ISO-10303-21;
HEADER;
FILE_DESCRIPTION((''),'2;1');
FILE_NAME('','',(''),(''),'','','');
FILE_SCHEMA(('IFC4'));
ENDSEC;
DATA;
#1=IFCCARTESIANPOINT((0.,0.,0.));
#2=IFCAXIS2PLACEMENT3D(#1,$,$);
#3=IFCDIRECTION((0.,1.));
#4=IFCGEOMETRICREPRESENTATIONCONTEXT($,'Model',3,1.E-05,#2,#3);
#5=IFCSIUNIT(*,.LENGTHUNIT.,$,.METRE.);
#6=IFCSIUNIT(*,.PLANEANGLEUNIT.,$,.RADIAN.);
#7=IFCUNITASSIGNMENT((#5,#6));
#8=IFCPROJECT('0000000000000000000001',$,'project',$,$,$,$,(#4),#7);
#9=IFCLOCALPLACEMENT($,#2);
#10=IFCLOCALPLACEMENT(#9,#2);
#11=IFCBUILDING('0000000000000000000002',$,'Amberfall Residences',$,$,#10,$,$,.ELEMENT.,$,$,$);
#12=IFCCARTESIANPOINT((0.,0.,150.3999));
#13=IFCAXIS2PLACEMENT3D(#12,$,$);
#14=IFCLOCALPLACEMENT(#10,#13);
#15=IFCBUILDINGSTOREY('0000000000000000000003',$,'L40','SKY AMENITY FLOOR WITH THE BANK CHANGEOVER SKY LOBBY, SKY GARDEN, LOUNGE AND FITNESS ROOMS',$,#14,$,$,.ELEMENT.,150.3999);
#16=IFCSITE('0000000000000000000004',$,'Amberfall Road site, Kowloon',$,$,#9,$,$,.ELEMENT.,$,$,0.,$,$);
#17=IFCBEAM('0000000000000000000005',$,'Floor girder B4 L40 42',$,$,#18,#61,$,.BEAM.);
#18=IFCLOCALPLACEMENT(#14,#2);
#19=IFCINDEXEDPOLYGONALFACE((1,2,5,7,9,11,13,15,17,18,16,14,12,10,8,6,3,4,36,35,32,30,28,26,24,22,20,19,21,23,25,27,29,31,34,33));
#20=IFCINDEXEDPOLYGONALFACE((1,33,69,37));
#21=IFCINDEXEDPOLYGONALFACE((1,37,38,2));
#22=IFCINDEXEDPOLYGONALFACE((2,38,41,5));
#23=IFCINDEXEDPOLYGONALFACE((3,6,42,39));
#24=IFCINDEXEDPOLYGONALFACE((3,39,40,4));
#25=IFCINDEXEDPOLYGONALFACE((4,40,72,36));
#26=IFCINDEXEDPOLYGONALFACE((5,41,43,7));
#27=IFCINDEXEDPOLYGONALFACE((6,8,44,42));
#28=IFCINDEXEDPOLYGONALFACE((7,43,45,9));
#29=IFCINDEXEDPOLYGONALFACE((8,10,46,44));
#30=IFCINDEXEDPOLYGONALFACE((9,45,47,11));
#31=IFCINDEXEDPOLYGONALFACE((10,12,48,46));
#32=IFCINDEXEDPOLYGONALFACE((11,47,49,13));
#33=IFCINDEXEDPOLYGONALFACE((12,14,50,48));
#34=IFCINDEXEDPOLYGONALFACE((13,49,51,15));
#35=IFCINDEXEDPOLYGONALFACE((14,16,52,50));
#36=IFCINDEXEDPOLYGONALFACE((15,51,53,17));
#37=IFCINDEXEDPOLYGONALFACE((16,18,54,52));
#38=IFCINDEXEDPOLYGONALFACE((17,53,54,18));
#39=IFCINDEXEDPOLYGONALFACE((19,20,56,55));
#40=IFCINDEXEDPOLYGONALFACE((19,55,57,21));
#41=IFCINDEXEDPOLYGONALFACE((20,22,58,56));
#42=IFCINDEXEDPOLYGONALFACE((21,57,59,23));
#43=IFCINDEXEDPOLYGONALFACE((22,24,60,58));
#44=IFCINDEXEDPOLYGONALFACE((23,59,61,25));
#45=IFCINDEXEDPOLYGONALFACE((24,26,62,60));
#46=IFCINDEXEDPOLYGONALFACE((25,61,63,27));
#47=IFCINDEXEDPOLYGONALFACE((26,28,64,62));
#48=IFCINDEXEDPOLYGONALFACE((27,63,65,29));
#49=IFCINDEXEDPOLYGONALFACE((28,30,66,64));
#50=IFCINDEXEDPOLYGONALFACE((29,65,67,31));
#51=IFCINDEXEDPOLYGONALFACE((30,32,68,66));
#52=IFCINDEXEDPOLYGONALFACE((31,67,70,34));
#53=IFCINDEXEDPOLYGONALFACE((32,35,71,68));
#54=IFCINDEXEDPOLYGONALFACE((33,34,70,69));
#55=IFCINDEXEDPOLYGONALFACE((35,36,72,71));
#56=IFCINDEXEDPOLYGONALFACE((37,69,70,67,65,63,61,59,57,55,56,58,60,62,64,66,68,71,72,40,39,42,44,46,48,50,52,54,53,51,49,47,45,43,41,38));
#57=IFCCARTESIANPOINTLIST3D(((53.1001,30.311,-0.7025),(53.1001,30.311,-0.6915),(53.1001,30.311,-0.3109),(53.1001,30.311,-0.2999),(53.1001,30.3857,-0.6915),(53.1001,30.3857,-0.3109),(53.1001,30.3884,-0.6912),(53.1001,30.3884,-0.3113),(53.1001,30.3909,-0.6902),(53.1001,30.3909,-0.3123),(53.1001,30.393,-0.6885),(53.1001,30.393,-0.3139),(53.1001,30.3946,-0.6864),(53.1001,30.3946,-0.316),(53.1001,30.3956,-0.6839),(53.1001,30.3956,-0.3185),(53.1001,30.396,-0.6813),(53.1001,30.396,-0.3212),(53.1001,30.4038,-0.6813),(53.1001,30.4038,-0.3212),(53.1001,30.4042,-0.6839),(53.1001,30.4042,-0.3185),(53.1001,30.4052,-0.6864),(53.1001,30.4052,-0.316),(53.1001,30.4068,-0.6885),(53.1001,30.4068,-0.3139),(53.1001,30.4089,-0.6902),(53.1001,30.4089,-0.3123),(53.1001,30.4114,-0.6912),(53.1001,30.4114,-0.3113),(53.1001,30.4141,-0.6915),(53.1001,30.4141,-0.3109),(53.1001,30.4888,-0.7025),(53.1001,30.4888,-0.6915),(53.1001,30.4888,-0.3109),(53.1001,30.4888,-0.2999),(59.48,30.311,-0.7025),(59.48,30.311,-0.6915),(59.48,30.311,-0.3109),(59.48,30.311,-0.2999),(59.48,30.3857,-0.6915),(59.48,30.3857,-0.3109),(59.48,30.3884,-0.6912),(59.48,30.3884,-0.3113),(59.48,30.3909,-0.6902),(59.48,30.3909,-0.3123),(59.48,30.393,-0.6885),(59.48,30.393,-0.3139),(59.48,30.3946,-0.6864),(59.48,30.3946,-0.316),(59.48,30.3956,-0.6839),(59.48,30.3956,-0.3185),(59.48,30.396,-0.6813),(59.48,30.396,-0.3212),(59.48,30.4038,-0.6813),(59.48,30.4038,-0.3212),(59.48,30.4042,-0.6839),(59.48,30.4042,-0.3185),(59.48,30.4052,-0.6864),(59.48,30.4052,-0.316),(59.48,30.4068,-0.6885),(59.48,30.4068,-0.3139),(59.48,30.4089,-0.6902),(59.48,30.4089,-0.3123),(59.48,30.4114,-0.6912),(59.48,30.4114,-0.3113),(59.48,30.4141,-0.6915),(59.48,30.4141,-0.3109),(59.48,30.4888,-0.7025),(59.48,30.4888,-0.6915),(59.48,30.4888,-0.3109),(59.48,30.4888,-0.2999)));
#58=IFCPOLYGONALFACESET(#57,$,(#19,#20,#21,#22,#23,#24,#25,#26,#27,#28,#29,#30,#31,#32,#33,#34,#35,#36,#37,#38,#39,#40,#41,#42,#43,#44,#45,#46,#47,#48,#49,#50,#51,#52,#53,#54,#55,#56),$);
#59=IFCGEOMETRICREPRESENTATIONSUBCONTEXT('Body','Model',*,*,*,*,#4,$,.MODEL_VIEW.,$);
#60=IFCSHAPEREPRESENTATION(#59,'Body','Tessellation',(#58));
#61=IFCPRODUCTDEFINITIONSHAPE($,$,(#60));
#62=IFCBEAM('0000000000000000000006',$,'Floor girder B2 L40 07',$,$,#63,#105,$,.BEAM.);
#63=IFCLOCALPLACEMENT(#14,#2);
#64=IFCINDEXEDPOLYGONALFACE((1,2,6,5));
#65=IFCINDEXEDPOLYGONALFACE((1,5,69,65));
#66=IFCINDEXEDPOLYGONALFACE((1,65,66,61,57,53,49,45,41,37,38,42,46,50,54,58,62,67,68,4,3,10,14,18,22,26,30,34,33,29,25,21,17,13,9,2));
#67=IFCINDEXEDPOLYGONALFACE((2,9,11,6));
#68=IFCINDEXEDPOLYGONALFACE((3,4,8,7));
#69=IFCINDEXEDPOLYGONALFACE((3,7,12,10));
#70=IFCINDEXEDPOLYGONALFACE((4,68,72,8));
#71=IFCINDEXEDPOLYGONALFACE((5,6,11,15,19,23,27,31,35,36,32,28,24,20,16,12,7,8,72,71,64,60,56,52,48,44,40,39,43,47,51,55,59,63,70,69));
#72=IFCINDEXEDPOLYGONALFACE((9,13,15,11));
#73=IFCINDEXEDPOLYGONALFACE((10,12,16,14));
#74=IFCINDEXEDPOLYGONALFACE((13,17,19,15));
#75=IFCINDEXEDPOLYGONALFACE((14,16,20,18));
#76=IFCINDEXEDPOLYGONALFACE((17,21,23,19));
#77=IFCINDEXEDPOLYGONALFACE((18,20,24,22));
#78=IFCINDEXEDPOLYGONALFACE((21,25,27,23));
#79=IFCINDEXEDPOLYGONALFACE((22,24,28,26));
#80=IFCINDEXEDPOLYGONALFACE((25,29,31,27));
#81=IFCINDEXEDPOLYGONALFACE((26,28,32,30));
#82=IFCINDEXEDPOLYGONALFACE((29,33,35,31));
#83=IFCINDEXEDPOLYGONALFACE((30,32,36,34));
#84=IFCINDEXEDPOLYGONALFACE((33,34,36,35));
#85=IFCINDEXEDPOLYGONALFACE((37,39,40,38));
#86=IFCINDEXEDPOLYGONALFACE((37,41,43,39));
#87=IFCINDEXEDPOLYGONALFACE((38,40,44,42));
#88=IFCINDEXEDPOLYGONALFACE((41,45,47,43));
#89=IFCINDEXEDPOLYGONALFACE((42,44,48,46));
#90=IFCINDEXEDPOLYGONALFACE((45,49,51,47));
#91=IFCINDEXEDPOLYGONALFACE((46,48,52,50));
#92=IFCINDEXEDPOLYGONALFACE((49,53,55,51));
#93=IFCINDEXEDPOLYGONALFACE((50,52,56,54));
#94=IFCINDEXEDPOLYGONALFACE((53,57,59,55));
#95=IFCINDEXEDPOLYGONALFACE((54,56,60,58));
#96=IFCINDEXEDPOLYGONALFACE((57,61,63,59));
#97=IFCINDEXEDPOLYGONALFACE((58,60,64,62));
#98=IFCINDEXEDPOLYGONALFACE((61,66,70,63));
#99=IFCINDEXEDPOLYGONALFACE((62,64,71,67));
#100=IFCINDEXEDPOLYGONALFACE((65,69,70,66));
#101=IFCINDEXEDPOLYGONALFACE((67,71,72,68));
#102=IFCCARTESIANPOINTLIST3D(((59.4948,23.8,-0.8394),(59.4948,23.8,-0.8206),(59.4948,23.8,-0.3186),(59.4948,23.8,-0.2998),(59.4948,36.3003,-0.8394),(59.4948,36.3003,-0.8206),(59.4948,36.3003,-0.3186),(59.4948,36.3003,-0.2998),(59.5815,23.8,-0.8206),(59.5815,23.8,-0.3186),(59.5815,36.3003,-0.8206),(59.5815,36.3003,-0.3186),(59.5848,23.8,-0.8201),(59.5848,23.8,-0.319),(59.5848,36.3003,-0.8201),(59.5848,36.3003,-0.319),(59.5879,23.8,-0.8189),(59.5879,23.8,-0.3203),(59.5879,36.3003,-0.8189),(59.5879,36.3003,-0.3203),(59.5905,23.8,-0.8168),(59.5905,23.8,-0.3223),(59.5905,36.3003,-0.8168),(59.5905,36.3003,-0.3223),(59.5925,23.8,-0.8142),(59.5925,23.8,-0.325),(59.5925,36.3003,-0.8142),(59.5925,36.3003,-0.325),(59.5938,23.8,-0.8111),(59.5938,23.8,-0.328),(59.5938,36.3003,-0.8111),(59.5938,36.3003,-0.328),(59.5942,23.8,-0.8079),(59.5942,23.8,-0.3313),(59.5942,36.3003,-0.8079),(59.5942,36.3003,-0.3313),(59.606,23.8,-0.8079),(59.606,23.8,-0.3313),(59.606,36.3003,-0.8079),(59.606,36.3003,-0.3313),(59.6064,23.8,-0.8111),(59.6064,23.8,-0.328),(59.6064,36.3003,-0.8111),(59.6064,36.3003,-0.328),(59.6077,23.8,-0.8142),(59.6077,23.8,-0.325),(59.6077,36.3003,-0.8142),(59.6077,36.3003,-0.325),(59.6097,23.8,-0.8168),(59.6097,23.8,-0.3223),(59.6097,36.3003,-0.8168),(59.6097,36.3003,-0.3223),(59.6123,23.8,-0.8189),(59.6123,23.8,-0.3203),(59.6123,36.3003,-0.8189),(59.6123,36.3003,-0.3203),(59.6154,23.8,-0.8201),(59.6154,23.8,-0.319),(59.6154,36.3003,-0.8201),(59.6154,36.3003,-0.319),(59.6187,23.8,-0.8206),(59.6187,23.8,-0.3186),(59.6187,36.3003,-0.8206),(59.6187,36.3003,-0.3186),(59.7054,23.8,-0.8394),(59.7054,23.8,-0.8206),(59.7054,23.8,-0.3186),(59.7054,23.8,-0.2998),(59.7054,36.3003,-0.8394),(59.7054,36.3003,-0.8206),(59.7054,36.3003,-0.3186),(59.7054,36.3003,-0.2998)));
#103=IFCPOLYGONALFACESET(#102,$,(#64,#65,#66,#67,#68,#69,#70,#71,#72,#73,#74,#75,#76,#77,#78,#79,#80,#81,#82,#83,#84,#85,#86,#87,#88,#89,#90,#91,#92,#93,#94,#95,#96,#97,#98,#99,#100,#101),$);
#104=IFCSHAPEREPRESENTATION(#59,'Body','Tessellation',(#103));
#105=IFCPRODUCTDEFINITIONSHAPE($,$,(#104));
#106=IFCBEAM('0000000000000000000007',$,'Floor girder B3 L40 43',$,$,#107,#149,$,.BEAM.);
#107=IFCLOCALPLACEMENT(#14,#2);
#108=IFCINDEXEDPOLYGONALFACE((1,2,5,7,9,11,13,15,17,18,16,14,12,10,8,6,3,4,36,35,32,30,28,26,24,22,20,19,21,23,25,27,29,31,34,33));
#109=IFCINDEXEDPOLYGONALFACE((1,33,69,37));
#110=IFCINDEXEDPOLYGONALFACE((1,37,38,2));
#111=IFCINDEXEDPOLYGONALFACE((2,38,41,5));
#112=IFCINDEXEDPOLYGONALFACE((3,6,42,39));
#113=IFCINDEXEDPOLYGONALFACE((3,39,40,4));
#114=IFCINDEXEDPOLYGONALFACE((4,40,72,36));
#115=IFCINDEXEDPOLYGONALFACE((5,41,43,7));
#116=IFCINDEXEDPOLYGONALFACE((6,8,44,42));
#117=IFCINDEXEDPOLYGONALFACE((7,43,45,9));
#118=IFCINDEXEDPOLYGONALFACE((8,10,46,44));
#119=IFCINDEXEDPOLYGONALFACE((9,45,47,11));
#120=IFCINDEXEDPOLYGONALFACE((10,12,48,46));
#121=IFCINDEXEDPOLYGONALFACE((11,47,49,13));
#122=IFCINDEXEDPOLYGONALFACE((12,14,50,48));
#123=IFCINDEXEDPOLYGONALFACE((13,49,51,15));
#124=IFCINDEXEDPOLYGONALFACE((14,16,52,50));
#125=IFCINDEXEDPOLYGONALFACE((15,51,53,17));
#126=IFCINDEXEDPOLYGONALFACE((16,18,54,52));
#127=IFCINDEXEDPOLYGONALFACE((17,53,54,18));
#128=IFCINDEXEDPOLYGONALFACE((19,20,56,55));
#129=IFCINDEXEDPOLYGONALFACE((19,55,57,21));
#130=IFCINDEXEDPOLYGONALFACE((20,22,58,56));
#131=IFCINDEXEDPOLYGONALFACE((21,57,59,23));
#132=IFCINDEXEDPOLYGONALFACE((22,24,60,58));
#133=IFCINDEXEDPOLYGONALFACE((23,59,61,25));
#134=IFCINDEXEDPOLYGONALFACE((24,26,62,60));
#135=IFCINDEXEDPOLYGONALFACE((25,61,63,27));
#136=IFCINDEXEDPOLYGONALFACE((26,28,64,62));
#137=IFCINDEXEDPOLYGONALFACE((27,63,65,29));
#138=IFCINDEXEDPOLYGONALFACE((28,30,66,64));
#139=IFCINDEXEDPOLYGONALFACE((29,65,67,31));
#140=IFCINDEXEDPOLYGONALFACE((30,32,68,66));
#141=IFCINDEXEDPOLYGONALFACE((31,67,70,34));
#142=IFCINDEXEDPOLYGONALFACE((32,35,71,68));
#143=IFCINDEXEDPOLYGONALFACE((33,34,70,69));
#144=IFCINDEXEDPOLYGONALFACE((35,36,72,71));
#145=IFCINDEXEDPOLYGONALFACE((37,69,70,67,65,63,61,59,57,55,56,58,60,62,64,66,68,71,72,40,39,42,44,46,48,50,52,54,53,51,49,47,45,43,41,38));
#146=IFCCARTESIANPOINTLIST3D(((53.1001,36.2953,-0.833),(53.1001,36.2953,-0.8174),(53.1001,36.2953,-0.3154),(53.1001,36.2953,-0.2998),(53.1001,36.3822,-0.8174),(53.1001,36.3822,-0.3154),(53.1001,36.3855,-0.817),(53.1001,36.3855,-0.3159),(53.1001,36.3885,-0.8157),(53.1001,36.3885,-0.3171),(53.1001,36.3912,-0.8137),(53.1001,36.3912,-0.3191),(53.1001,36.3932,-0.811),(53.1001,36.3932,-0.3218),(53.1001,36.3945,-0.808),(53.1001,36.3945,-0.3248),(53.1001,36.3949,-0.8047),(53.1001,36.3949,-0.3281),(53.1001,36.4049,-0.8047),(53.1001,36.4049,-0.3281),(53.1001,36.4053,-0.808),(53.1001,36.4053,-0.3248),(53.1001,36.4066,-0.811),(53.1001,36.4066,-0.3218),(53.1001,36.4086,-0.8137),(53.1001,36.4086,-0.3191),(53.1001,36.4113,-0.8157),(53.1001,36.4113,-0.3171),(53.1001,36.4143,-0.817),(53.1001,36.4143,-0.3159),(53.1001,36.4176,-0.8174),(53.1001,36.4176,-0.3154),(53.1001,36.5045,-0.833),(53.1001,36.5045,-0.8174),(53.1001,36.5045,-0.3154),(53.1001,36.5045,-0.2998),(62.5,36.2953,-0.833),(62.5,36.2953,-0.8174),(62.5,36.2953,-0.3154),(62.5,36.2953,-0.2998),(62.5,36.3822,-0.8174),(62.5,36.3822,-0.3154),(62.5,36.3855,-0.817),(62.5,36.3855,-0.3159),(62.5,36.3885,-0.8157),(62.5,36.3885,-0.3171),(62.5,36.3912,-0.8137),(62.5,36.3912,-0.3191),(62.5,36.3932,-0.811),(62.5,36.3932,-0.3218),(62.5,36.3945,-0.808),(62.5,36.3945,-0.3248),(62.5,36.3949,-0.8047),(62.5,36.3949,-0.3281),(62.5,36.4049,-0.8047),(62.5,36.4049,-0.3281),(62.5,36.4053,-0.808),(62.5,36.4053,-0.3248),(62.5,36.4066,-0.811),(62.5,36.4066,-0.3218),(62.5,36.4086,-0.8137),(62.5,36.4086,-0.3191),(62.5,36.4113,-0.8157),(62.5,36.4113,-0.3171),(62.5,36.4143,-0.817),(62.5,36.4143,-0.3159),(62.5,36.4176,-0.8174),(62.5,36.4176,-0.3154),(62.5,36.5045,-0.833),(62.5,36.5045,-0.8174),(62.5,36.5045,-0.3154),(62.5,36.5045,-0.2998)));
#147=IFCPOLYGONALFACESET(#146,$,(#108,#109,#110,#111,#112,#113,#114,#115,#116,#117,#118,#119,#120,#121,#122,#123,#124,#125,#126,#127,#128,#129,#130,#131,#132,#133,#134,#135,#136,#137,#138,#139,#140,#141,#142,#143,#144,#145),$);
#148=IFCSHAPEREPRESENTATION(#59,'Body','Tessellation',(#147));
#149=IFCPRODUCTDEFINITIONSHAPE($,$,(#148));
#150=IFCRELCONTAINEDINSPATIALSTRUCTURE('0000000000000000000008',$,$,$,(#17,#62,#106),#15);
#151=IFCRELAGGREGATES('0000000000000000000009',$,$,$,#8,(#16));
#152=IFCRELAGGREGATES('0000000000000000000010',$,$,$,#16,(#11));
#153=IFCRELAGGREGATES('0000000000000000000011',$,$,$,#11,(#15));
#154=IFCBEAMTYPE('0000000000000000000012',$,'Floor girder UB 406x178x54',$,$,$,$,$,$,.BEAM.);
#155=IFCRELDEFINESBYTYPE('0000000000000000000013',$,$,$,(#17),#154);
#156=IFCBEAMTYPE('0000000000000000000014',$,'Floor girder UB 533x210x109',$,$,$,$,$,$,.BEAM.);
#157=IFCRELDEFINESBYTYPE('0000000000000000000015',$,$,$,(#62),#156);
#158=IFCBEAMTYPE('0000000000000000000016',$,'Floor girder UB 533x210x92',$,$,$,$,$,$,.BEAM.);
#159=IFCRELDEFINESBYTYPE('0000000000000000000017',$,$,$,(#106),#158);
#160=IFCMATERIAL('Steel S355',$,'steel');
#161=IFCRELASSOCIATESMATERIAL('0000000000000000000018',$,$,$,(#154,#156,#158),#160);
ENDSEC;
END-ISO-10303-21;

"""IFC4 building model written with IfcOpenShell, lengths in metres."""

from ifc_helpers import new_model, si_unit, direction, frame, origin, origin_2d, place, context, subcontext, project, spatial, i_section, extrude, material, material_profile, profile_set, type_object, element, save


model = new_model("IFC4")

# Units and contexts
model_context = context("Model", 3, precision=1e-05, world=origin(), true_north=direction((0.0, 1.0)))
body_context = subcontext(model_context, "Body", "Model", "MODEL_VIEW")
ifc_project = project(units=[si_unit("LENGTHUNIT", "METRE"), si_unit("PLANEANGLEUNIT", "RADIAN")], contexts=[model_context])

# Site, building, storey
site_placement = place(None, origin())
site = spatial("IfcSite", under=ifc_project, at=site_placement, Name="Amberfall Road site, Kowloon", CompositionType="ELEMENT", RefElevation=0.0)
building_placement = place(site_placement, origin())
building = spatial("IfcBuilding", under=site, at=building_placement, Name="Amberfall Residences", CompositionType="ELEMENT")
storey_placement = place(building_placement, frame((0.0, 0.0, 150.3999)))
storey = spatial("IfcBuildingStorey", under=building, at=storey_placement, Name="L40", Description="SKY AMENITY FLOOR WITH THE BANK CHANGEOVER SKY LOBBY, SKY GARDEN, LOUNGE AND FITNESS ROOMS", CompositionType="ELEMENT", Elevation=150.3999)

# Shared definitions
ifc_material_1 = material(Name="Steel S355", Category="steel")

# Beams
ifc_material_profile_1 = material_profile(ifc_material_1, i_section(OverallWidth=0.1777, OverallDepth=0.4026, WebThickness=0.0078, FlangeThickness=0.011, FilletRadius=0.0103, at=origin_2d()), Name="UB 406x178x54")
ifc_profile_set_1 = profile_set([ifc_material_profile_1], Name="Steel S355")
beam_type_1 = type_object("IfcBeamType", Name="Floor girder UB 406x178x54", PredefinedType="BEAM", material=ifc_profile_set_1)
beam_1_placement = place(storey_placement, frame((53.1001, 30.3999, -0.5012), z_axis=(1.0, 0.0, 0.0), x_axis=(0.0, 1.0, 0.0)))
element("IfcBeam", 1, at=beam_1_placement, inside=storey, type_object=beam_type_1, Name="Floor girder B4 L40 42", PredefinedType="BEAM", context=body_context, shape_type="SweptSolid", body=[
    extrude(i_section(OverallWidth=0.1777, OverallDepth=0.4026, WebThickness=0.0078, FlangeThickness=0.011, FilletRadius=0.0103, at=origin_2d()), origin(), (0.0, 0.0, 1.0), 6.3799),
])
ifc_material_profile_2 = material_profile(ifc_material_1, i_section(OverallWidth=0.2107, OverallDepth=0.5396, WebThickness=0.0117, FlangeThickness=0.0188, FilletRadius=0.0127, at=origin_2d()), Name="UB 533x210x109")
ifc_profile_set_2 = profile_set([ifc_material_profile_2], Name="Steel S355")
beam_type_2 = type_object("IfcBeamType", Name="Floor girder UB 533x210x109", PredefinedType="BEAM", material=ifc_profile_set_2)
beam_2_placement = place(storey_placement, frame((59.6001, 23.8, -0.5696), z_axis=(0.0, 1.0, 0.0), x_axis=(-1.0, 0.0, 0.0)))
element("IfcBeam", 2, at=beam_2_placement, inside=storey, type_object=beam_type_2, Name="Floor girder B2 L40 07", PredefinedType="BEAM", context=body_context, shape_type="SweptSolid", body=[
    extrude(i_section(OverallWidth=0.2107, OverallDepth=0.5396, WebThickness=0.0117, FlangeThickness=0.0188, FilletRadius=0.0127, at=origin_2d()), origin(), (0.0, 0.0, 1.0), 12.5002),
])
ifc_material_profile_3 = material_profile(ifc_material_1, i_section(OverallWidth=0.2092, OverallDepth=0.5332, WebThickness=0.01, FlangeThickness=0.0156, FilletRadius=0.0127, at=origin_2d()), Name="UB 533x210x92")
ifc_profile_set_3 = profile_set([ifc_material_profile_3], Name="Steel S355")
beam_type_3 = type_object("IfcBeamType", Name="Floor girder UB 533x210x92", PredefinedType="BEAM", material=ifc_profile_set_3)
beam_3_placement = place(storey_placement, frame((53.1001, 36.3999, -0.5664), z_axis=(1.0, 0.0, 0.0), x_axis=(0.0, 1.0, 0.0)))
element("IfcBeam", 3, at=beam_3_placement, inside=storey, type_object=beam_type_3, Name="Floor girder B3 L40 43", PredefinedType="BEAM", context=body_context, shape_type="SweptSolid", body=[
    extrude(i_section(OverallWidth=0.2092, OverallDepth=0.5332, WebThickness=0.01, FlangeThickness=0.0156, FilletRadius=0.0127, at=origin_2d()), origin(), (0.0, 0.0, 1.0), 9.3999),
])

save(model, "model.ifc")
